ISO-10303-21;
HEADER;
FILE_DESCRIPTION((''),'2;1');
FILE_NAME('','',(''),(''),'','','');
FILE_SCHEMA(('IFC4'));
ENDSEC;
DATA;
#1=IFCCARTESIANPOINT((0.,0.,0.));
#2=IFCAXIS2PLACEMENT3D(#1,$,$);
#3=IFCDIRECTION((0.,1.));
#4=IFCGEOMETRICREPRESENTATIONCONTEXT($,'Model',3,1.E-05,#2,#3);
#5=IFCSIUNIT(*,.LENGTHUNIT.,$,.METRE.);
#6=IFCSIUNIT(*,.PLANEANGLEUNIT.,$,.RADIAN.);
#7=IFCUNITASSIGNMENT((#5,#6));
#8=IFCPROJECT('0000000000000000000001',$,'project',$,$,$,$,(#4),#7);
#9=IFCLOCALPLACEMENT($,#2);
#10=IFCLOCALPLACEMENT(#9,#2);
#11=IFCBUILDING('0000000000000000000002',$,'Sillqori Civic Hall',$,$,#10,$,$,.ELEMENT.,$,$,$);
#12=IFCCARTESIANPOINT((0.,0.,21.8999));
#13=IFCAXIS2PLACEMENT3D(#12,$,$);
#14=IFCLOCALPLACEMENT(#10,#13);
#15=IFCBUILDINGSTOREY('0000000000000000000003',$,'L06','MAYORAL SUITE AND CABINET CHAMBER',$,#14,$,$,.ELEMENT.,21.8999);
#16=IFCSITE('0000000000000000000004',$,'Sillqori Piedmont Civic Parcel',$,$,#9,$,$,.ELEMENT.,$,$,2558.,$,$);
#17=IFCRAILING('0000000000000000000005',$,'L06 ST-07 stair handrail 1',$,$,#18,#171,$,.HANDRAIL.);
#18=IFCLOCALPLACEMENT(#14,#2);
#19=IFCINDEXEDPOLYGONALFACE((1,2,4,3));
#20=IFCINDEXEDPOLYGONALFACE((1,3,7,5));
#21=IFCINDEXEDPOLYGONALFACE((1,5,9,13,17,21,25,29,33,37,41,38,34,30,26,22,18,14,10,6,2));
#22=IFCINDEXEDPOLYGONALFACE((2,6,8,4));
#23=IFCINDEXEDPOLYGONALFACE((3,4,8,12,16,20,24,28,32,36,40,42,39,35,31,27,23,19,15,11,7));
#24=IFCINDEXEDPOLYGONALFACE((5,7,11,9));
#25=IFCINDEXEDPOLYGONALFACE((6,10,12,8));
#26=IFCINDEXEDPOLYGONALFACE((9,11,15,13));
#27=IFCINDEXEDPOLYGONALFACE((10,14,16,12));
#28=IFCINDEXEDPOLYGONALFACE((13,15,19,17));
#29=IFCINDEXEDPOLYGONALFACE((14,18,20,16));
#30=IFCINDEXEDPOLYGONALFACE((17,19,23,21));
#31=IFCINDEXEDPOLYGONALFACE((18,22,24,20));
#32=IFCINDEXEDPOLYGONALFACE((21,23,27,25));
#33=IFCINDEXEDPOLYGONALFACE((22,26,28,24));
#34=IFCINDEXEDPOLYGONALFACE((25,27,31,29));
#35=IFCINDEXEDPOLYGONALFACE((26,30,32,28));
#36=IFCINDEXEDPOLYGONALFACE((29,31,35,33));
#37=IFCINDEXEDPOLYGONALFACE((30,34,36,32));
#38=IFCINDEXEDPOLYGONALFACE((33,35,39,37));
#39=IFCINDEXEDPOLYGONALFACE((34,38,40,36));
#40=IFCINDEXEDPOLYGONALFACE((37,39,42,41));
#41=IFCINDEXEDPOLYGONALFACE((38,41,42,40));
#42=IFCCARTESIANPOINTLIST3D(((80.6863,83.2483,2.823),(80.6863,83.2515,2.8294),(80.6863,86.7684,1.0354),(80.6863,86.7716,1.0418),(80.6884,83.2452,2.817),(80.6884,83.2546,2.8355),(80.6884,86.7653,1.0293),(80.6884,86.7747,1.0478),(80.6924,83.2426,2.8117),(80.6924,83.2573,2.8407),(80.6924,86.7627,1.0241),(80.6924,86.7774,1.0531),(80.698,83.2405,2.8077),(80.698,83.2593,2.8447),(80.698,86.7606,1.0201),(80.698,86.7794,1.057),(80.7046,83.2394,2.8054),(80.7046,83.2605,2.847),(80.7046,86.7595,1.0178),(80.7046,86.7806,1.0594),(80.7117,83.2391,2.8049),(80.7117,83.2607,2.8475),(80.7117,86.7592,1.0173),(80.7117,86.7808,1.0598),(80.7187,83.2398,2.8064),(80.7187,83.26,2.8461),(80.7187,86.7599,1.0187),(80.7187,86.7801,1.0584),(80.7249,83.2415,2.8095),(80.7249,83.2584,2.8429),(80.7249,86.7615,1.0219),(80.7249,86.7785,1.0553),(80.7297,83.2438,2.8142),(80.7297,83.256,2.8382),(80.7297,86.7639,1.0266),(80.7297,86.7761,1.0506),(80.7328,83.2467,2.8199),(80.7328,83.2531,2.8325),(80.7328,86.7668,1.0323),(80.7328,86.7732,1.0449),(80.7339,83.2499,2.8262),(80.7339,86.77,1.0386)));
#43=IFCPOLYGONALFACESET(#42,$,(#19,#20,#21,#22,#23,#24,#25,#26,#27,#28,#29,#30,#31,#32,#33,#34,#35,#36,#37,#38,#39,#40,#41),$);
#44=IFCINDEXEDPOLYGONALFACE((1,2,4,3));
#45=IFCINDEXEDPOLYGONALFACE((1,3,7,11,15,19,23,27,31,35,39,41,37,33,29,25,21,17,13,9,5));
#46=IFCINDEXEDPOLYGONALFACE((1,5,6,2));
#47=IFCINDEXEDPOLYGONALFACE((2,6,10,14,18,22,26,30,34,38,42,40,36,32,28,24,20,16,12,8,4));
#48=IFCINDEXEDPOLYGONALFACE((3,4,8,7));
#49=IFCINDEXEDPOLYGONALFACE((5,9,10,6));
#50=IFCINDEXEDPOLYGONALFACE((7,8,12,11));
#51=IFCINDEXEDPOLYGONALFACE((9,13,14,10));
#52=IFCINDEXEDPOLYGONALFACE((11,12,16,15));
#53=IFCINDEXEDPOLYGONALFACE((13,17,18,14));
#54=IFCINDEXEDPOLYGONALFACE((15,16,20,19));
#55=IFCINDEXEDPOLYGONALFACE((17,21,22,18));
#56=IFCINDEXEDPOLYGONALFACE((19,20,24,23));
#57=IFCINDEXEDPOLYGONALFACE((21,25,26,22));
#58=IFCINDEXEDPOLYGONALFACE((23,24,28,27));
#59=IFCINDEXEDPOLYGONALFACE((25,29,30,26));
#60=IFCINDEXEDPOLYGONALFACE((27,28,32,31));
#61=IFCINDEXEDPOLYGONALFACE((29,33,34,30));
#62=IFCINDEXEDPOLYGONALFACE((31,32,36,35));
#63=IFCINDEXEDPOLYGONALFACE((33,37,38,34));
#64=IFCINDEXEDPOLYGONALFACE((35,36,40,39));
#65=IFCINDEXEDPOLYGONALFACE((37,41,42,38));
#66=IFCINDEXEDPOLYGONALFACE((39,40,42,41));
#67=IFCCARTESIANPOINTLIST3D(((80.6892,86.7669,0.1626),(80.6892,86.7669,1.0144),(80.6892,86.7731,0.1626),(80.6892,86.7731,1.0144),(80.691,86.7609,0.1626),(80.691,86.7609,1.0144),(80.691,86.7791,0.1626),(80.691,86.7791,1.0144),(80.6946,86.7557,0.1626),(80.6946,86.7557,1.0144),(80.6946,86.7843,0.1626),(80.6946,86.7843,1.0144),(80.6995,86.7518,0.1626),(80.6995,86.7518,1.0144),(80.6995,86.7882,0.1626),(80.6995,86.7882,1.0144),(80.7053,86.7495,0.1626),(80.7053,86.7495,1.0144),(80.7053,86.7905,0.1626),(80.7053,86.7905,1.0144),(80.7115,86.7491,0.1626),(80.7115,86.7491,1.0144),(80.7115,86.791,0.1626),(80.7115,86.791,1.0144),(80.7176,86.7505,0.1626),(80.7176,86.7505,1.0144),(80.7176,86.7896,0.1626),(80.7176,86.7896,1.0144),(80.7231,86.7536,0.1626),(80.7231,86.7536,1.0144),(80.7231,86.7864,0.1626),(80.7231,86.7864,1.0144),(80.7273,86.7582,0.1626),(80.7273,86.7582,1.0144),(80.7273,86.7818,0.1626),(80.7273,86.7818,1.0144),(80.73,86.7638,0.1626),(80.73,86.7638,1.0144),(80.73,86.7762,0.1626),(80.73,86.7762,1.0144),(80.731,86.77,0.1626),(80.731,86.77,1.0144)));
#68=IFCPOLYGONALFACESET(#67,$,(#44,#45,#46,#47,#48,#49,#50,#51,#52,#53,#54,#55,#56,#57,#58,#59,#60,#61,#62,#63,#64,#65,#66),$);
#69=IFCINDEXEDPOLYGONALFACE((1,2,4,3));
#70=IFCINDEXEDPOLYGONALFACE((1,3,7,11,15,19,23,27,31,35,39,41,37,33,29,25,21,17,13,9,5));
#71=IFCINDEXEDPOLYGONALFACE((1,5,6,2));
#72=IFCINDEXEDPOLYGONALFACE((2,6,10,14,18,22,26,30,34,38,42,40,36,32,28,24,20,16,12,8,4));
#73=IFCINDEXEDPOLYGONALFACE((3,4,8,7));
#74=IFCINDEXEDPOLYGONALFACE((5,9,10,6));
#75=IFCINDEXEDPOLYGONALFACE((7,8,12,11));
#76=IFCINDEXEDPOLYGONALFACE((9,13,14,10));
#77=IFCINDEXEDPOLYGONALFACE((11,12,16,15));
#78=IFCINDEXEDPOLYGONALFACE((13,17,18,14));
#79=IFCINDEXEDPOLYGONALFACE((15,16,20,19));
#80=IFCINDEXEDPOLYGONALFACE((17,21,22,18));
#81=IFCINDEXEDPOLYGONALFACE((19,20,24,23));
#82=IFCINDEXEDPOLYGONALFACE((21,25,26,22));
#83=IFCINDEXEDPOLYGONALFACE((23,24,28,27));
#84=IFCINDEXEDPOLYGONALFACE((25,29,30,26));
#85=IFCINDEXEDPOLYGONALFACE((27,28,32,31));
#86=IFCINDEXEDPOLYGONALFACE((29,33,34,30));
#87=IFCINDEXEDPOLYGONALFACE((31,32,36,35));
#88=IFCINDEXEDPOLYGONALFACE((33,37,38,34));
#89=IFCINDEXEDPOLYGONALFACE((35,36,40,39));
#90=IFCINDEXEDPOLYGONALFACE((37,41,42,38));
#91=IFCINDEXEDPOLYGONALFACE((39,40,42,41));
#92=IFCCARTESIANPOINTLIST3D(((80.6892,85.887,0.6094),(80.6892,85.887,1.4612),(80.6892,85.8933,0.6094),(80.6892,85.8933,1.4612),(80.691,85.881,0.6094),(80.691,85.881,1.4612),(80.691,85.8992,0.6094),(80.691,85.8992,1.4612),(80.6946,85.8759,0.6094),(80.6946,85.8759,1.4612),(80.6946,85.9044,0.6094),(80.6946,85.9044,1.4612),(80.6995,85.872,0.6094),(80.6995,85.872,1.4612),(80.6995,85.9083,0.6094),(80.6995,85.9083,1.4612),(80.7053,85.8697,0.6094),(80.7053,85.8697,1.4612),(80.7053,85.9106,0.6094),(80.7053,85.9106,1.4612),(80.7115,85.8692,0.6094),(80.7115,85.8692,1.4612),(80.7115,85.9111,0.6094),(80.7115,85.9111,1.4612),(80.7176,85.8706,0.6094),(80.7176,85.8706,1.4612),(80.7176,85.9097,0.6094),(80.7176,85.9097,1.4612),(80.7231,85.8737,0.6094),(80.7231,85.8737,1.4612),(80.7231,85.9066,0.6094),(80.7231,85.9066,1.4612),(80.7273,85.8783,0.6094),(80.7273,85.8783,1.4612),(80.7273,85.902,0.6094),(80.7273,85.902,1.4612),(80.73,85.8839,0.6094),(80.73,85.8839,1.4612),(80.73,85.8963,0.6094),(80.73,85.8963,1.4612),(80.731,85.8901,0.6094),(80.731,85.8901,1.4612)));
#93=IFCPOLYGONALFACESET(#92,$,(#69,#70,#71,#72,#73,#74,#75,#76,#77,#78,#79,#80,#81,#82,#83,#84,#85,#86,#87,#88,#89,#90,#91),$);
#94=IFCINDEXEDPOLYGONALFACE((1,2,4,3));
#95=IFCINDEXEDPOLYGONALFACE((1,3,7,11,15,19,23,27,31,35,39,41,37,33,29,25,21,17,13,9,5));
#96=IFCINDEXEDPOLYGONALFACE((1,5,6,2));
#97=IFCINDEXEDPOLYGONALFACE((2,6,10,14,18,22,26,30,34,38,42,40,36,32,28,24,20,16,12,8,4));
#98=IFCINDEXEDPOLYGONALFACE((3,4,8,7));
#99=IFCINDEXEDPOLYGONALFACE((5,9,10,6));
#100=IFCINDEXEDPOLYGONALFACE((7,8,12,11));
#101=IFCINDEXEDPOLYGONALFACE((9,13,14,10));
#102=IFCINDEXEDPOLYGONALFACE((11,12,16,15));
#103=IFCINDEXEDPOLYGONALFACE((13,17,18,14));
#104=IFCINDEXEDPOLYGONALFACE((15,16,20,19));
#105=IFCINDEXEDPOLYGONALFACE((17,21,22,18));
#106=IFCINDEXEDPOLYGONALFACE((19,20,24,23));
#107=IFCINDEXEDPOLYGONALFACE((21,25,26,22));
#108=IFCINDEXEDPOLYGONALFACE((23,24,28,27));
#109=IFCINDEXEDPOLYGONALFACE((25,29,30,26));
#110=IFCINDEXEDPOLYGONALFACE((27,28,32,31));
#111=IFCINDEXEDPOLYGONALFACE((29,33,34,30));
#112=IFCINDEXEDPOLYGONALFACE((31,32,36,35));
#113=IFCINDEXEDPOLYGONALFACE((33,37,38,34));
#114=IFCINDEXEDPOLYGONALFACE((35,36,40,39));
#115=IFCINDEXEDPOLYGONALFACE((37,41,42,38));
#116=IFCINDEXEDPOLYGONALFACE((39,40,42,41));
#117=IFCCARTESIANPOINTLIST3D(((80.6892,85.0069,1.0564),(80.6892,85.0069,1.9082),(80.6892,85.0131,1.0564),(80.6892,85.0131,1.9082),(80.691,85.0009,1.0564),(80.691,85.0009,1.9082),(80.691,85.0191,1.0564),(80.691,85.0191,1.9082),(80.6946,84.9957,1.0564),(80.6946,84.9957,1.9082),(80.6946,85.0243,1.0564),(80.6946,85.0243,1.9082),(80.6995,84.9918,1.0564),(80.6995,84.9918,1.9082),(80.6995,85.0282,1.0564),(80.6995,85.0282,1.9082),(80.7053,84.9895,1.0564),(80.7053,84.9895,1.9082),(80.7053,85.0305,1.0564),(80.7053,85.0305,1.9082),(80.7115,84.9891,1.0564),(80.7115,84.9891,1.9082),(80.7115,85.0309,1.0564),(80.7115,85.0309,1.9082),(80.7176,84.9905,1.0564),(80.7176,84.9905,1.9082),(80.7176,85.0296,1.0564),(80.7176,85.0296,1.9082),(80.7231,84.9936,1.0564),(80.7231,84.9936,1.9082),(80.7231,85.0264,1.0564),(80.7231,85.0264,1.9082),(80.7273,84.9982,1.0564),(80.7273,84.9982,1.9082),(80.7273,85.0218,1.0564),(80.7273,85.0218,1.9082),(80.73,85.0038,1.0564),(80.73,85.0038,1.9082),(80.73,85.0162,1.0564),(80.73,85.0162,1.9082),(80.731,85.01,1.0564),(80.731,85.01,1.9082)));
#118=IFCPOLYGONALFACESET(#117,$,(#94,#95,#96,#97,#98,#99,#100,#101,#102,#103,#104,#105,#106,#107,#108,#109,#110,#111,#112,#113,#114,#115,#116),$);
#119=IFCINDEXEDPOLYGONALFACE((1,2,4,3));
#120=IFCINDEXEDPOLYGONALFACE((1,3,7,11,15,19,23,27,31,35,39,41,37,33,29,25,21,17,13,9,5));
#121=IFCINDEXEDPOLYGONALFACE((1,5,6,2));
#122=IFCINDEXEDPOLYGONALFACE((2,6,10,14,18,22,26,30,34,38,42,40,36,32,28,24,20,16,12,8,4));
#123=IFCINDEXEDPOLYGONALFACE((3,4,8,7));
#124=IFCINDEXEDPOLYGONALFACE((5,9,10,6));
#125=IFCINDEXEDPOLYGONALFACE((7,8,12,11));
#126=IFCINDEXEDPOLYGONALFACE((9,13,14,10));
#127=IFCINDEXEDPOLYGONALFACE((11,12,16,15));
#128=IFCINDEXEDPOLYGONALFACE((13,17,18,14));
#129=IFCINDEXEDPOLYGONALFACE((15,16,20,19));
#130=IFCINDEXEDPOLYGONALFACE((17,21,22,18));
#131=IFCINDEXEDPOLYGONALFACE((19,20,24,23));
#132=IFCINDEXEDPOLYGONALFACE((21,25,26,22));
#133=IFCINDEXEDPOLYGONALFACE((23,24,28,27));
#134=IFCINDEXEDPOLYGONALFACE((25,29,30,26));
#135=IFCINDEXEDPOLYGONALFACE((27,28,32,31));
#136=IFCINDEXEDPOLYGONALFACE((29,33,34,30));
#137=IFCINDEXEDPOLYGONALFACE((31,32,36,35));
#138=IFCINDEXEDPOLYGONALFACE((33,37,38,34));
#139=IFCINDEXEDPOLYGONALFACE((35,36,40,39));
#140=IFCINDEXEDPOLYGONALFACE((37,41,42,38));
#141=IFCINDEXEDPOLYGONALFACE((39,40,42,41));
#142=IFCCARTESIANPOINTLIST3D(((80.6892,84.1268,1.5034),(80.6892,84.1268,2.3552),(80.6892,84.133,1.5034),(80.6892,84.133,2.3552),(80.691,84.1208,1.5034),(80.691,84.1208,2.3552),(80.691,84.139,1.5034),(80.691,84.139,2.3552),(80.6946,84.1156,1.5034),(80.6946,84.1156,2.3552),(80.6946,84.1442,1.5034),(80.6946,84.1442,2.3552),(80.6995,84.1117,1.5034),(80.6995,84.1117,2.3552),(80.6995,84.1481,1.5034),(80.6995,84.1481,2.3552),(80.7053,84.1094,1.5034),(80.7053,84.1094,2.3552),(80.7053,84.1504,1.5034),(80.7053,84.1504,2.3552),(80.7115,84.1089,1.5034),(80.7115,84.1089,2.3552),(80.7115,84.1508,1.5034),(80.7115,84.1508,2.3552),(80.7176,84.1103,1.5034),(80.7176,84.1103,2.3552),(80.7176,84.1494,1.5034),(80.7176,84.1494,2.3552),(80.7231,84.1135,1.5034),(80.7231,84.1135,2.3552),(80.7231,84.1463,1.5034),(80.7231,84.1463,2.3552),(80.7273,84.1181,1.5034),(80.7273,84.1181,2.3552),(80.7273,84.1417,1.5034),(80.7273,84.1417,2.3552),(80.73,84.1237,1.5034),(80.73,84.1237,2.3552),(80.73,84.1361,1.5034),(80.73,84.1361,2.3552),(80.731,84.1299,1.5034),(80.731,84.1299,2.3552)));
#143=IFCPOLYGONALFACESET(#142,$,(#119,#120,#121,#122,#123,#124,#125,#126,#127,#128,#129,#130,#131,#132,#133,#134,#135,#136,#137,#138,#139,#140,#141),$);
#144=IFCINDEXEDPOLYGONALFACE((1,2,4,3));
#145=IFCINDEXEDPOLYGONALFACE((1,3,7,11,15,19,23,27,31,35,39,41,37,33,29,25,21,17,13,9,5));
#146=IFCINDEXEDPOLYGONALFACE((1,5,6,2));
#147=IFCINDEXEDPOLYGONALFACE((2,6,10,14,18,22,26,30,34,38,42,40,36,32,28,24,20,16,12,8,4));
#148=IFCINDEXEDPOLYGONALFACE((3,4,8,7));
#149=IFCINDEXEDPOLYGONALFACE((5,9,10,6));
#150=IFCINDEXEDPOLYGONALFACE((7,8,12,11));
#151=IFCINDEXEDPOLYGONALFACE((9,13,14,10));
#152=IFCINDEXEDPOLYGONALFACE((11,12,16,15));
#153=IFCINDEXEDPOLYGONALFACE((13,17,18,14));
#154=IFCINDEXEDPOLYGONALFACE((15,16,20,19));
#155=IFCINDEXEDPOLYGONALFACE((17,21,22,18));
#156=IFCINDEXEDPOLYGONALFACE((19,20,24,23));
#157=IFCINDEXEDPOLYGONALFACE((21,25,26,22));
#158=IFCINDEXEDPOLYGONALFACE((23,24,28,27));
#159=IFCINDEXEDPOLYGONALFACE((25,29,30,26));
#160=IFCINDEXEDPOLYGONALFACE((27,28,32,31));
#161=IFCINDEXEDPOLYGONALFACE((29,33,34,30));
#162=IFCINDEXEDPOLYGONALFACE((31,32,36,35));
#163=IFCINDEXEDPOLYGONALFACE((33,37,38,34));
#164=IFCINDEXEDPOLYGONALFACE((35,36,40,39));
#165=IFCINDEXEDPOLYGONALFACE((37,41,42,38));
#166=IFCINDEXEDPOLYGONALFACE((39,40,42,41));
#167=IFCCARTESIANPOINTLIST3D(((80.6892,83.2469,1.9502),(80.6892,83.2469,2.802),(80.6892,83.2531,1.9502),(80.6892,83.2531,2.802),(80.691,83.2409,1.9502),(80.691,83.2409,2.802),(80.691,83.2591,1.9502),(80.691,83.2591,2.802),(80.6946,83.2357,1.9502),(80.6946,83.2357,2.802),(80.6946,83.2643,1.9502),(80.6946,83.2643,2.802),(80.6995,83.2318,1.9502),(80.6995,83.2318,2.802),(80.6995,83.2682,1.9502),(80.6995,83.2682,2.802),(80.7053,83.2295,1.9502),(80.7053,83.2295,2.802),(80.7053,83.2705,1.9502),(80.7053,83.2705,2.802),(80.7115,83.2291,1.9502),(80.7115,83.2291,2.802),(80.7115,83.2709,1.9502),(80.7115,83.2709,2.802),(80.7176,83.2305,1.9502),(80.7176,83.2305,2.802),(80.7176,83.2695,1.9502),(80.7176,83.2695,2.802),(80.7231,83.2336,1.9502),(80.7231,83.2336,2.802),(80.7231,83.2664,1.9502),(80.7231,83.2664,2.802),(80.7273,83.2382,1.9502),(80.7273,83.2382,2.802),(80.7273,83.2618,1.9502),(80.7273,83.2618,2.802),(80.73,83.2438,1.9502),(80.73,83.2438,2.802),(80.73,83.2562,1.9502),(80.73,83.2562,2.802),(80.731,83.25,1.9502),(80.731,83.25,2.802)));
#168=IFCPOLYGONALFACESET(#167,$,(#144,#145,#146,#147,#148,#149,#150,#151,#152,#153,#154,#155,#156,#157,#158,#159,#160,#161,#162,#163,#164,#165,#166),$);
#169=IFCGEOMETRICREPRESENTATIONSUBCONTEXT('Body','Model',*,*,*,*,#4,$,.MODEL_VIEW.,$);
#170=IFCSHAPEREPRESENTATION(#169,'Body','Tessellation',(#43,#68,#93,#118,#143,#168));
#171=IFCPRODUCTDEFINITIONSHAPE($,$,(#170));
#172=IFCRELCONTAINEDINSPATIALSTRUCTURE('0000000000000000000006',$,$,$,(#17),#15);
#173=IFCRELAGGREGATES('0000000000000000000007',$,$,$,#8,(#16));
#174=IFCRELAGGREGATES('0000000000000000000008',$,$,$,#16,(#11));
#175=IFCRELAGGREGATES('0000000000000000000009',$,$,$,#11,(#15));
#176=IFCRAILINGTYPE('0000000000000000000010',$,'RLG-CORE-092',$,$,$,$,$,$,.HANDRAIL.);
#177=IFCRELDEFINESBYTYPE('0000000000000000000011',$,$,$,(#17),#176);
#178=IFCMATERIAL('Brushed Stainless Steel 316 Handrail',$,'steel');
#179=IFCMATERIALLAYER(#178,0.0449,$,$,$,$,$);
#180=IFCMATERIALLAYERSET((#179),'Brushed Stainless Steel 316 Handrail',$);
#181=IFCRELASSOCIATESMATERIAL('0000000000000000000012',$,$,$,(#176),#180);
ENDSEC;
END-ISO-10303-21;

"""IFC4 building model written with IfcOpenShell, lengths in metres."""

from ifc_helpers import new_model, si_unit, direction, frame, origin, origin_2d, place, context, subcontext, project, spatial, circle, extrude, material, layer, layer_set, type_object, element, save


model = new_model("IFC4")

# Units and contexts
model_context = context("Model", 3, precision=1e-05, world=origin(), true_north=direction((0.0, 1.0)))
body_context = subcontext(model_context, "Body", "Model", "MODEL_VIEW")
ifc_project = project(units=[si_unit("LENGTHUNIT", "METRE"), si_unit("PLANEANGLEUNIT", "RADIAN")], contexts=[model_context])

# Site, building, storey
site_placement = place(None, origin())
site = spatial("IfcSite", under=ifc_project, at=site_placement, Name="Sillqori Piedmont Civic Parcel", CompositionType="ELEMENT", RefElevation=2558.0)
building_placement = place(site_placement, origin())
building = spatial("IfcBuilding", under=site, at=building_placement, Name="Sillqori Civic Hall", CompositionType="ELEMENT")
storey_placement = place(building_placement, frame((0.0, 0.0, 21.8999)))
storey = spatial("IfcBuildingStorey", under=building, at=storey_placement, Name="L06", Description="MAYORAL SUITE AND CABINET CHAMBER", CompositionType="ELEMENT", Elevation=21.8999)

# Railing
ifc_material_1 = material(Name="Brushed Stainless Steel 316 Handrail", Category="steel")
ifc_layer_1 = layer(ifc_material_1, 0.0449)
ifc_layer_set_1 = layer_set([ifc_layer_1], Name="Brushed Stainless Steel 316 Handrail")
railing_type_1 = type_object("IfcRailingType", Name="RLG-CORE-092", PredefinedType="HANDRAIL", material=ifc_layer_set_1)
railing_1_placement = place(storey_placement, frame((80.71, 86.77, 0.1626)))
element("IfcRailing", 1, at=railing_1_placement, inside=storey, type_object=railing_type_1, Name="L06 ST-07 stair handrail 1", PredefinedType="HANDRAIL", context=body_context, shape_type="SweptSolid", body=[
    extrude(circle(Radius=0.0239, at=origin_2d()), frame((0.0, 0.0, 0.876), z_axis=(0.0, -0.891615, 0.452795), x_axis=(1.0, 0.0, 0.0)), (0.0, 0.0, 1.0), 3.948),
    extrude(circle(Radius=0.021, at=origin_2d()), origin(), (0.0, 0.0, 1.0), 0.8518),
    extrude(circle(Radius=0.021, at=origin_2d()), frame((0.0, -0.8799, 0.4468)), (0.0, 0.0, 1.0), 0.8518),
    extrude(circle(Radius=0.021, at=origin_2d()), frame((0.0, -1.76, 0.8938)), (0.0, 0.0, 1.0), 0.8518),
    extrude(circle(Radius=0.021, at=origin_2d()), frame((0.0, -2.6401, 1.3408)), (0.0, 0.0, 1.0), 0.8518),
    extrude(circle(Radius=0.021, at=origin_2d()), frame((0.0, -3.52, 1.7876)), (0.0, 0.0, 1.0), 0.8518),
])

save(model, "model.ifc")
